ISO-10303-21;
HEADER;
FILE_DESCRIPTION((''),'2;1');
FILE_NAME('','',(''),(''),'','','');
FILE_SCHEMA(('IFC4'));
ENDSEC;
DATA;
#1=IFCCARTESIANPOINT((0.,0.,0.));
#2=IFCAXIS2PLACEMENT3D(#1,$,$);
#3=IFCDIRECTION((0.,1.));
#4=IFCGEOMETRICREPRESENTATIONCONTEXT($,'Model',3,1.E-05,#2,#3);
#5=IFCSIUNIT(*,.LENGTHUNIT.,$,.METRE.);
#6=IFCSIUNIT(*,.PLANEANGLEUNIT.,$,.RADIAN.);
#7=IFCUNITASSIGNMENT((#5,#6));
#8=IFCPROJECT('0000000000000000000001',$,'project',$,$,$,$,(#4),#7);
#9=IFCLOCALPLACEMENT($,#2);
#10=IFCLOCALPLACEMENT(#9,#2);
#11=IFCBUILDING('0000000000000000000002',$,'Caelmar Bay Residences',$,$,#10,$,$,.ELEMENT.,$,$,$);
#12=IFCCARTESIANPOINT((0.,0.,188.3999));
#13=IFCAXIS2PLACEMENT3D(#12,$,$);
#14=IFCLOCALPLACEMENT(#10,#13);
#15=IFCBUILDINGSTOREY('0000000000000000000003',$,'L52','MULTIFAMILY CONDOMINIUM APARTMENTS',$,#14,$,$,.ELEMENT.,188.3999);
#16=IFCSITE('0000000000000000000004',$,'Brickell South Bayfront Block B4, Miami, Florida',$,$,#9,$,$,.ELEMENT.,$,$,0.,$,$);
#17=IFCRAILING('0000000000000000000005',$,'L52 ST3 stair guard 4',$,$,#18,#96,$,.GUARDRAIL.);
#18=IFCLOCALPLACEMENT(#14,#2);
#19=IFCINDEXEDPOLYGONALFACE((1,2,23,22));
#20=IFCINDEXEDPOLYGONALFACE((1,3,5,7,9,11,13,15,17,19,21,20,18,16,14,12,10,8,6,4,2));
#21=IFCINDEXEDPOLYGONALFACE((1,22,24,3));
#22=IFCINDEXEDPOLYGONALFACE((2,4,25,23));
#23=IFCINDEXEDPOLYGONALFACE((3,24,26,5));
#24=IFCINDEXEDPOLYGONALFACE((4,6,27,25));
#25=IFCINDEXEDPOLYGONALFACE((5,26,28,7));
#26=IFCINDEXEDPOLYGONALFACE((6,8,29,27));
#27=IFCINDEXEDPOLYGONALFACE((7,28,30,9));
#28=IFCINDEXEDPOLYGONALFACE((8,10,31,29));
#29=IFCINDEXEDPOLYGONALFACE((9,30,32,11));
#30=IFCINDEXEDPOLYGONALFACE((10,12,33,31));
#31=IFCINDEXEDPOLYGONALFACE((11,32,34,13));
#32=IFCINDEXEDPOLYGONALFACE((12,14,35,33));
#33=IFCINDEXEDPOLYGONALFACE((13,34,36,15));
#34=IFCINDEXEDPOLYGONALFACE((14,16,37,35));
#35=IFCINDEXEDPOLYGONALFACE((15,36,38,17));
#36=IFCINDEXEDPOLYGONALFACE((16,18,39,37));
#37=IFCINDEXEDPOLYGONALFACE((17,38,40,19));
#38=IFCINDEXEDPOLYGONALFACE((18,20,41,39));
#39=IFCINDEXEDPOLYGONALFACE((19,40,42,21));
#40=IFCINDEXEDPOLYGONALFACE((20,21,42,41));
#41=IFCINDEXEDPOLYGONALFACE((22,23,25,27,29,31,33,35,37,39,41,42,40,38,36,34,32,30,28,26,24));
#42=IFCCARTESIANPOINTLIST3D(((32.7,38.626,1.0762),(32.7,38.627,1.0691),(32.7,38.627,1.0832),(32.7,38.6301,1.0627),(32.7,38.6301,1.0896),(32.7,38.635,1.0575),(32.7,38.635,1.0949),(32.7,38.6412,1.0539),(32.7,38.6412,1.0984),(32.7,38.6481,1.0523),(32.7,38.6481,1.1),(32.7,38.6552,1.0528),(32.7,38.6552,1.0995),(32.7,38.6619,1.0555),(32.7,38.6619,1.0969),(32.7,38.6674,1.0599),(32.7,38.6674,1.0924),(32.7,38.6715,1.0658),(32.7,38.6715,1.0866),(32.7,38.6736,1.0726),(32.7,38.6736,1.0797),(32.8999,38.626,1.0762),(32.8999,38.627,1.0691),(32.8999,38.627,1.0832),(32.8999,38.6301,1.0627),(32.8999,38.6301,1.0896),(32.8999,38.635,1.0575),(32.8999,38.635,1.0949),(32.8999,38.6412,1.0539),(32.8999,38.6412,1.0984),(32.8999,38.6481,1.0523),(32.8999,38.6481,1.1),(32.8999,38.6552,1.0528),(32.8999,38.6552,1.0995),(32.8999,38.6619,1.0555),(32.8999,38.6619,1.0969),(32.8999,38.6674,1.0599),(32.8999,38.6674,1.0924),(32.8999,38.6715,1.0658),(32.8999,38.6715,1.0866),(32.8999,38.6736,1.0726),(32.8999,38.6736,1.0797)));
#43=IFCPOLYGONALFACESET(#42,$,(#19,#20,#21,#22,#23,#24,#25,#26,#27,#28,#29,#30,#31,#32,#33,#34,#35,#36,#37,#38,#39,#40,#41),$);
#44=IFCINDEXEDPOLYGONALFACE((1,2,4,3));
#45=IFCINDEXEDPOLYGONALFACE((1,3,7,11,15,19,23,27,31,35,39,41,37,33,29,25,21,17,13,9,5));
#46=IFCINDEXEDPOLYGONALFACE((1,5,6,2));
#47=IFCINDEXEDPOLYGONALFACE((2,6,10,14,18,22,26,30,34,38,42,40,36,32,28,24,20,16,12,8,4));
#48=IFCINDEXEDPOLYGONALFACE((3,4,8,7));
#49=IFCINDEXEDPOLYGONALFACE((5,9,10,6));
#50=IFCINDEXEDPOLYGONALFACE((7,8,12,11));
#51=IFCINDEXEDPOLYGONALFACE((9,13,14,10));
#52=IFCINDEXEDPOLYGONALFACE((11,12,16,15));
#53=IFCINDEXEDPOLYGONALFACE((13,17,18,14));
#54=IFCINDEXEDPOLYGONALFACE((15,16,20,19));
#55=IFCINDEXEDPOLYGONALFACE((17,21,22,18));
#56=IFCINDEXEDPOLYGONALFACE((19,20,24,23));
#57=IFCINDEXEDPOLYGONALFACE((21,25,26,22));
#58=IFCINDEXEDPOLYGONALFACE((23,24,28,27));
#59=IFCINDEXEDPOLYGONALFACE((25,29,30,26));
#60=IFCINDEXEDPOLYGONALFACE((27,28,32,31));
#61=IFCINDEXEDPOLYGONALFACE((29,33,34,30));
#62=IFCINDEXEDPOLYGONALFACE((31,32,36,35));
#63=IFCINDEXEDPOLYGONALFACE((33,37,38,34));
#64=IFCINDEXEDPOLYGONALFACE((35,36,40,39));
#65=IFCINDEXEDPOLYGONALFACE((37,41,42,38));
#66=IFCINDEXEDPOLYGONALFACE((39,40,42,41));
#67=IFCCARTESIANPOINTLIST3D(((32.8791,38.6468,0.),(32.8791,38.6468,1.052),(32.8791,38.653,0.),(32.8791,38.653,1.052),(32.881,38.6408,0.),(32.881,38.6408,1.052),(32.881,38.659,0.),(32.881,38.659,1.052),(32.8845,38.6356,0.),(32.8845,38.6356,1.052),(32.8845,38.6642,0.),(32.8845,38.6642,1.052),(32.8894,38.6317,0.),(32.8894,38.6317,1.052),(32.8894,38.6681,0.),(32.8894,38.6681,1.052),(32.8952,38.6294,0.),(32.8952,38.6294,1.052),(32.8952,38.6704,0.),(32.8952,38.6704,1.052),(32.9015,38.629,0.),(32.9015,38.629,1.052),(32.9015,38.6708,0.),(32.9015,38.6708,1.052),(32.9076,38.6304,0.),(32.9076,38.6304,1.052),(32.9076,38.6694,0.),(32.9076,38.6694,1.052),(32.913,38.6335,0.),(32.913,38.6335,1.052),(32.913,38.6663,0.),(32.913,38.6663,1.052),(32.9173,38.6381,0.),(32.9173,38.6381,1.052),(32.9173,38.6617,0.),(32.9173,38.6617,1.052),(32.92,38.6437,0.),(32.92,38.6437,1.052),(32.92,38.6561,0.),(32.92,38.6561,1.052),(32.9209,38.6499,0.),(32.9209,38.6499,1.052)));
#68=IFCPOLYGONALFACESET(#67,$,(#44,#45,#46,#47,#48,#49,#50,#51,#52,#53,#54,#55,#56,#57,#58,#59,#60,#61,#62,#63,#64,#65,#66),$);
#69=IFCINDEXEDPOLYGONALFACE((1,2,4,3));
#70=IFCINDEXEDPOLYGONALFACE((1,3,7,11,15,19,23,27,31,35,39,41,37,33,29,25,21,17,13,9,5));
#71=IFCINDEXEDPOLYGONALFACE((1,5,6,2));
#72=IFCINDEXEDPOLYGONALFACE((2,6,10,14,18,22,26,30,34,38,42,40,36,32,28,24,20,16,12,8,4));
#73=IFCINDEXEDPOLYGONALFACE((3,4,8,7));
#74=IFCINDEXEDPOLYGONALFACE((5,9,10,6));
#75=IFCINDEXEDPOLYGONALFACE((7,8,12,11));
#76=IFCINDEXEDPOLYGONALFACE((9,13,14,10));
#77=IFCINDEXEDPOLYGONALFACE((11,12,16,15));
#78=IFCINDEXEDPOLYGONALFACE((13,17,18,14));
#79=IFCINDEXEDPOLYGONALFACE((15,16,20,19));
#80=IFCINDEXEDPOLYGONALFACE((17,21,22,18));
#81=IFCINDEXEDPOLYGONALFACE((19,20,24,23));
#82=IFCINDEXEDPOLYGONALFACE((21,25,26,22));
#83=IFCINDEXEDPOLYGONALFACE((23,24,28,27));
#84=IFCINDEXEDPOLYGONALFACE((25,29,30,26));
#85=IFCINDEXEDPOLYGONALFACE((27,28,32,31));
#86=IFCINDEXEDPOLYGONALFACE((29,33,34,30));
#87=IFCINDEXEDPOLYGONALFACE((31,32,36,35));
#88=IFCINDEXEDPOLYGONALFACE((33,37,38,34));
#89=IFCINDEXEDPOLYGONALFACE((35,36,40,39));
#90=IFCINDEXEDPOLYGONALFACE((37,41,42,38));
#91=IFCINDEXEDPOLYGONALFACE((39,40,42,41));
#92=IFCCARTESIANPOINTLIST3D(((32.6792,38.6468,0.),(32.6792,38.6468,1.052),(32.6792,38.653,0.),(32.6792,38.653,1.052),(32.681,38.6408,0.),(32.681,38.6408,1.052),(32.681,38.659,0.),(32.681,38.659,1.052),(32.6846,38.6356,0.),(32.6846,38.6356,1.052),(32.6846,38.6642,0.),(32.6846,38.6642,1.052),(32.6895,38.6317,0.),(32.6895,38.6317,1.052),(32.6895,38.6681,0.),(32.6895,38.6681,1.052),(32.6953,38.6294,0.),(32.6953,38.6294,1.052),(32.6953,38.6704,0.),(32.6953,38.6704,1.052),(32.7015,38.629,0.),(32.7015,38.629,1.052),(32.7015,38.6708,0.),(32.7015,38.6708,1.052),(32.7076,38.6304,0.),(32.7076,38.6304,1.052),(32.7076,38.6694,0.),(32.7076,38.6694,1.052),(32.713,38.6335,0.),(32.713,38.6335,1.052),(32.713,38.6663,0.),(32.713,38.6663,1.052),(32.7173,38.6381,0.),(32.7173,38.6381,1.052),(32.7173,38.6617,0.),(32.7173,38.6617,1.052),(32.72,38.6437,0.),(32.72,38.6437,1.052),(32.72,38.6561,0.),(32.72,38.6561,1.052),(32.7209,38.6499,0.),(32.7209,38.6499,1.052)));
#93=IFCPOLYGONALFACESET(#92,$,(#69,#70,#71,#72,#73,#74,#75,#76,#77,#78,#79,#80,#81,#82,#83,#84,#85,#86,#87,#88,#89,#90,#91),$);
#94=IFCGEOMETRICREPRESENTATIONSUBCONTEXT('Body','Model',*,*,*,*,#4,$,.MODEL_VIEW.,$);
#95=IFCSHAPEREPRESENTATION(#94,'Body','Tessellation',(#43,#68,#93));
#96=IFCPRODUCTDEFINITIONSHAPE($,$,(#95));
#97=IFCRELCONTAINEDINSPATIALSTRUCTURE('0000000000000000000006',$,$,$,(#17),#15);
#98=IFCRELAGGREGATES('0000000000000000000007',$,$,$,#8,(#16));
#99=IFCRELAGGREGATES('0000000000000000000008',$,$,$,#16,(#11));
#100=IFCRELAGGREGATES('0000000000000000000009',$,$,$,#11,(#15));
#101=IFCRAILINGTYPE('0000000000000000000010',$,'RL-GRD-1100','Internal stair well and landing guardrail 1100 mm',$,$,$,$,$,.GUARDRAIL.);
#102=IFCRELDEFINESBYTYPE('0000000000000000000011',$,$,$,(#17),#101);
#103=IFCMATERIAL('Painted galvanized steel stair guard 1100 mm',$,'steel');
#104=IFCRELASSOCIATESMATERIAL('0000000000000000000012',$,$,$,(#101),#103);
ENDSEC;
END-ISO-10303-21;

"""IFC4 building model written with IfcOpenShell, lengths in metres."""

from ifc_helpers import new_model, si_unit, direction, frame, origin, origin_2d, place, context, subcontext, project, spatial, circle, extrude, material, type_object, element, save


model = new_model("IFC4")

# Units and contexts
model_context = context("Model", 3, precision=1e-05, world=origin(), true_north=direction((0.0, 1.0)))
body_context = subcontext(model_context, "Body", "Model", "MODEL_VIEW")
ifc_project = project(units=[si_unit("LENGTHUNIT", "METRE"), si_unit("PLANEANGLEUNIT", "RADIAN")], contexts=[model_context])

# Site, building, storey
site_placement = place(None, origin())
site = spatial("IfcSite", under=ifc_project, at=site_placement, Name="Brickell South Bayfront Block B4, Miami, Florida", CompositionType="ELEMENT", RefElevation=0.0)
building_placement = place(site_placement, origin())
building = spatial("IfcBuilding", under=site, at=building_placement, Name="Caelmar Bay Residences", CompositionType="ELEMENT")
storey_placement = place(building_placement, frame((0.0, 0.0, 188.3999)))
storey = spatial("IfcBuildingStorey", under=building, at=storey_placement, Name="L52", Description="MULTIFAMILY CONDOMINIUM APARTMENTS", CompositionType="ELEMENT", Elevation=188.3999)

# Railing
ifc_material_1 = material(Name="Painted galvanized steel stair guard 1100 mm", Category="steel")
railing_type_1 = type_object("IfcRailingType", Name="RL-GRD-1100", Description="Internal stair well and landing guardrail 1100 mm", PredefinedType="GUARDRAIL", material=ifc_material_1)
railing_1_placement = place(storey_placement, frame((32.8999, 38.6499, 0.0)))
element("IfcRailing", 1, at=railing_1_placement, inside=storey, type_object=railing_type_1, Name="L52 ST3 stair guard 4", PredefinedType="GUARDRAIL", context=body_context, shape_type="SweptSolid", body=[
    extrude(circle(Radius=0.0239, at=origin_2d()), frame((0.0, 0.0, 1.0762), z_axis=(-1.0, 0.0, 0.0), x_axis=(0.0, -1.0, 0.0)), (0.0, 0.0, 1.0), 0.2),
    extrude(circle(Radius=0.021, at=origin_2d()), origin(), (0.0, 0.0, 1.0), 1.052),
    extrude(circle(Radius=0.021, at=origin_2d()), frame((-0.2, 0.0, 0.0)), (0.0, 0.0, 1.0), 1.052),
])

save(model, "model.ifc")
